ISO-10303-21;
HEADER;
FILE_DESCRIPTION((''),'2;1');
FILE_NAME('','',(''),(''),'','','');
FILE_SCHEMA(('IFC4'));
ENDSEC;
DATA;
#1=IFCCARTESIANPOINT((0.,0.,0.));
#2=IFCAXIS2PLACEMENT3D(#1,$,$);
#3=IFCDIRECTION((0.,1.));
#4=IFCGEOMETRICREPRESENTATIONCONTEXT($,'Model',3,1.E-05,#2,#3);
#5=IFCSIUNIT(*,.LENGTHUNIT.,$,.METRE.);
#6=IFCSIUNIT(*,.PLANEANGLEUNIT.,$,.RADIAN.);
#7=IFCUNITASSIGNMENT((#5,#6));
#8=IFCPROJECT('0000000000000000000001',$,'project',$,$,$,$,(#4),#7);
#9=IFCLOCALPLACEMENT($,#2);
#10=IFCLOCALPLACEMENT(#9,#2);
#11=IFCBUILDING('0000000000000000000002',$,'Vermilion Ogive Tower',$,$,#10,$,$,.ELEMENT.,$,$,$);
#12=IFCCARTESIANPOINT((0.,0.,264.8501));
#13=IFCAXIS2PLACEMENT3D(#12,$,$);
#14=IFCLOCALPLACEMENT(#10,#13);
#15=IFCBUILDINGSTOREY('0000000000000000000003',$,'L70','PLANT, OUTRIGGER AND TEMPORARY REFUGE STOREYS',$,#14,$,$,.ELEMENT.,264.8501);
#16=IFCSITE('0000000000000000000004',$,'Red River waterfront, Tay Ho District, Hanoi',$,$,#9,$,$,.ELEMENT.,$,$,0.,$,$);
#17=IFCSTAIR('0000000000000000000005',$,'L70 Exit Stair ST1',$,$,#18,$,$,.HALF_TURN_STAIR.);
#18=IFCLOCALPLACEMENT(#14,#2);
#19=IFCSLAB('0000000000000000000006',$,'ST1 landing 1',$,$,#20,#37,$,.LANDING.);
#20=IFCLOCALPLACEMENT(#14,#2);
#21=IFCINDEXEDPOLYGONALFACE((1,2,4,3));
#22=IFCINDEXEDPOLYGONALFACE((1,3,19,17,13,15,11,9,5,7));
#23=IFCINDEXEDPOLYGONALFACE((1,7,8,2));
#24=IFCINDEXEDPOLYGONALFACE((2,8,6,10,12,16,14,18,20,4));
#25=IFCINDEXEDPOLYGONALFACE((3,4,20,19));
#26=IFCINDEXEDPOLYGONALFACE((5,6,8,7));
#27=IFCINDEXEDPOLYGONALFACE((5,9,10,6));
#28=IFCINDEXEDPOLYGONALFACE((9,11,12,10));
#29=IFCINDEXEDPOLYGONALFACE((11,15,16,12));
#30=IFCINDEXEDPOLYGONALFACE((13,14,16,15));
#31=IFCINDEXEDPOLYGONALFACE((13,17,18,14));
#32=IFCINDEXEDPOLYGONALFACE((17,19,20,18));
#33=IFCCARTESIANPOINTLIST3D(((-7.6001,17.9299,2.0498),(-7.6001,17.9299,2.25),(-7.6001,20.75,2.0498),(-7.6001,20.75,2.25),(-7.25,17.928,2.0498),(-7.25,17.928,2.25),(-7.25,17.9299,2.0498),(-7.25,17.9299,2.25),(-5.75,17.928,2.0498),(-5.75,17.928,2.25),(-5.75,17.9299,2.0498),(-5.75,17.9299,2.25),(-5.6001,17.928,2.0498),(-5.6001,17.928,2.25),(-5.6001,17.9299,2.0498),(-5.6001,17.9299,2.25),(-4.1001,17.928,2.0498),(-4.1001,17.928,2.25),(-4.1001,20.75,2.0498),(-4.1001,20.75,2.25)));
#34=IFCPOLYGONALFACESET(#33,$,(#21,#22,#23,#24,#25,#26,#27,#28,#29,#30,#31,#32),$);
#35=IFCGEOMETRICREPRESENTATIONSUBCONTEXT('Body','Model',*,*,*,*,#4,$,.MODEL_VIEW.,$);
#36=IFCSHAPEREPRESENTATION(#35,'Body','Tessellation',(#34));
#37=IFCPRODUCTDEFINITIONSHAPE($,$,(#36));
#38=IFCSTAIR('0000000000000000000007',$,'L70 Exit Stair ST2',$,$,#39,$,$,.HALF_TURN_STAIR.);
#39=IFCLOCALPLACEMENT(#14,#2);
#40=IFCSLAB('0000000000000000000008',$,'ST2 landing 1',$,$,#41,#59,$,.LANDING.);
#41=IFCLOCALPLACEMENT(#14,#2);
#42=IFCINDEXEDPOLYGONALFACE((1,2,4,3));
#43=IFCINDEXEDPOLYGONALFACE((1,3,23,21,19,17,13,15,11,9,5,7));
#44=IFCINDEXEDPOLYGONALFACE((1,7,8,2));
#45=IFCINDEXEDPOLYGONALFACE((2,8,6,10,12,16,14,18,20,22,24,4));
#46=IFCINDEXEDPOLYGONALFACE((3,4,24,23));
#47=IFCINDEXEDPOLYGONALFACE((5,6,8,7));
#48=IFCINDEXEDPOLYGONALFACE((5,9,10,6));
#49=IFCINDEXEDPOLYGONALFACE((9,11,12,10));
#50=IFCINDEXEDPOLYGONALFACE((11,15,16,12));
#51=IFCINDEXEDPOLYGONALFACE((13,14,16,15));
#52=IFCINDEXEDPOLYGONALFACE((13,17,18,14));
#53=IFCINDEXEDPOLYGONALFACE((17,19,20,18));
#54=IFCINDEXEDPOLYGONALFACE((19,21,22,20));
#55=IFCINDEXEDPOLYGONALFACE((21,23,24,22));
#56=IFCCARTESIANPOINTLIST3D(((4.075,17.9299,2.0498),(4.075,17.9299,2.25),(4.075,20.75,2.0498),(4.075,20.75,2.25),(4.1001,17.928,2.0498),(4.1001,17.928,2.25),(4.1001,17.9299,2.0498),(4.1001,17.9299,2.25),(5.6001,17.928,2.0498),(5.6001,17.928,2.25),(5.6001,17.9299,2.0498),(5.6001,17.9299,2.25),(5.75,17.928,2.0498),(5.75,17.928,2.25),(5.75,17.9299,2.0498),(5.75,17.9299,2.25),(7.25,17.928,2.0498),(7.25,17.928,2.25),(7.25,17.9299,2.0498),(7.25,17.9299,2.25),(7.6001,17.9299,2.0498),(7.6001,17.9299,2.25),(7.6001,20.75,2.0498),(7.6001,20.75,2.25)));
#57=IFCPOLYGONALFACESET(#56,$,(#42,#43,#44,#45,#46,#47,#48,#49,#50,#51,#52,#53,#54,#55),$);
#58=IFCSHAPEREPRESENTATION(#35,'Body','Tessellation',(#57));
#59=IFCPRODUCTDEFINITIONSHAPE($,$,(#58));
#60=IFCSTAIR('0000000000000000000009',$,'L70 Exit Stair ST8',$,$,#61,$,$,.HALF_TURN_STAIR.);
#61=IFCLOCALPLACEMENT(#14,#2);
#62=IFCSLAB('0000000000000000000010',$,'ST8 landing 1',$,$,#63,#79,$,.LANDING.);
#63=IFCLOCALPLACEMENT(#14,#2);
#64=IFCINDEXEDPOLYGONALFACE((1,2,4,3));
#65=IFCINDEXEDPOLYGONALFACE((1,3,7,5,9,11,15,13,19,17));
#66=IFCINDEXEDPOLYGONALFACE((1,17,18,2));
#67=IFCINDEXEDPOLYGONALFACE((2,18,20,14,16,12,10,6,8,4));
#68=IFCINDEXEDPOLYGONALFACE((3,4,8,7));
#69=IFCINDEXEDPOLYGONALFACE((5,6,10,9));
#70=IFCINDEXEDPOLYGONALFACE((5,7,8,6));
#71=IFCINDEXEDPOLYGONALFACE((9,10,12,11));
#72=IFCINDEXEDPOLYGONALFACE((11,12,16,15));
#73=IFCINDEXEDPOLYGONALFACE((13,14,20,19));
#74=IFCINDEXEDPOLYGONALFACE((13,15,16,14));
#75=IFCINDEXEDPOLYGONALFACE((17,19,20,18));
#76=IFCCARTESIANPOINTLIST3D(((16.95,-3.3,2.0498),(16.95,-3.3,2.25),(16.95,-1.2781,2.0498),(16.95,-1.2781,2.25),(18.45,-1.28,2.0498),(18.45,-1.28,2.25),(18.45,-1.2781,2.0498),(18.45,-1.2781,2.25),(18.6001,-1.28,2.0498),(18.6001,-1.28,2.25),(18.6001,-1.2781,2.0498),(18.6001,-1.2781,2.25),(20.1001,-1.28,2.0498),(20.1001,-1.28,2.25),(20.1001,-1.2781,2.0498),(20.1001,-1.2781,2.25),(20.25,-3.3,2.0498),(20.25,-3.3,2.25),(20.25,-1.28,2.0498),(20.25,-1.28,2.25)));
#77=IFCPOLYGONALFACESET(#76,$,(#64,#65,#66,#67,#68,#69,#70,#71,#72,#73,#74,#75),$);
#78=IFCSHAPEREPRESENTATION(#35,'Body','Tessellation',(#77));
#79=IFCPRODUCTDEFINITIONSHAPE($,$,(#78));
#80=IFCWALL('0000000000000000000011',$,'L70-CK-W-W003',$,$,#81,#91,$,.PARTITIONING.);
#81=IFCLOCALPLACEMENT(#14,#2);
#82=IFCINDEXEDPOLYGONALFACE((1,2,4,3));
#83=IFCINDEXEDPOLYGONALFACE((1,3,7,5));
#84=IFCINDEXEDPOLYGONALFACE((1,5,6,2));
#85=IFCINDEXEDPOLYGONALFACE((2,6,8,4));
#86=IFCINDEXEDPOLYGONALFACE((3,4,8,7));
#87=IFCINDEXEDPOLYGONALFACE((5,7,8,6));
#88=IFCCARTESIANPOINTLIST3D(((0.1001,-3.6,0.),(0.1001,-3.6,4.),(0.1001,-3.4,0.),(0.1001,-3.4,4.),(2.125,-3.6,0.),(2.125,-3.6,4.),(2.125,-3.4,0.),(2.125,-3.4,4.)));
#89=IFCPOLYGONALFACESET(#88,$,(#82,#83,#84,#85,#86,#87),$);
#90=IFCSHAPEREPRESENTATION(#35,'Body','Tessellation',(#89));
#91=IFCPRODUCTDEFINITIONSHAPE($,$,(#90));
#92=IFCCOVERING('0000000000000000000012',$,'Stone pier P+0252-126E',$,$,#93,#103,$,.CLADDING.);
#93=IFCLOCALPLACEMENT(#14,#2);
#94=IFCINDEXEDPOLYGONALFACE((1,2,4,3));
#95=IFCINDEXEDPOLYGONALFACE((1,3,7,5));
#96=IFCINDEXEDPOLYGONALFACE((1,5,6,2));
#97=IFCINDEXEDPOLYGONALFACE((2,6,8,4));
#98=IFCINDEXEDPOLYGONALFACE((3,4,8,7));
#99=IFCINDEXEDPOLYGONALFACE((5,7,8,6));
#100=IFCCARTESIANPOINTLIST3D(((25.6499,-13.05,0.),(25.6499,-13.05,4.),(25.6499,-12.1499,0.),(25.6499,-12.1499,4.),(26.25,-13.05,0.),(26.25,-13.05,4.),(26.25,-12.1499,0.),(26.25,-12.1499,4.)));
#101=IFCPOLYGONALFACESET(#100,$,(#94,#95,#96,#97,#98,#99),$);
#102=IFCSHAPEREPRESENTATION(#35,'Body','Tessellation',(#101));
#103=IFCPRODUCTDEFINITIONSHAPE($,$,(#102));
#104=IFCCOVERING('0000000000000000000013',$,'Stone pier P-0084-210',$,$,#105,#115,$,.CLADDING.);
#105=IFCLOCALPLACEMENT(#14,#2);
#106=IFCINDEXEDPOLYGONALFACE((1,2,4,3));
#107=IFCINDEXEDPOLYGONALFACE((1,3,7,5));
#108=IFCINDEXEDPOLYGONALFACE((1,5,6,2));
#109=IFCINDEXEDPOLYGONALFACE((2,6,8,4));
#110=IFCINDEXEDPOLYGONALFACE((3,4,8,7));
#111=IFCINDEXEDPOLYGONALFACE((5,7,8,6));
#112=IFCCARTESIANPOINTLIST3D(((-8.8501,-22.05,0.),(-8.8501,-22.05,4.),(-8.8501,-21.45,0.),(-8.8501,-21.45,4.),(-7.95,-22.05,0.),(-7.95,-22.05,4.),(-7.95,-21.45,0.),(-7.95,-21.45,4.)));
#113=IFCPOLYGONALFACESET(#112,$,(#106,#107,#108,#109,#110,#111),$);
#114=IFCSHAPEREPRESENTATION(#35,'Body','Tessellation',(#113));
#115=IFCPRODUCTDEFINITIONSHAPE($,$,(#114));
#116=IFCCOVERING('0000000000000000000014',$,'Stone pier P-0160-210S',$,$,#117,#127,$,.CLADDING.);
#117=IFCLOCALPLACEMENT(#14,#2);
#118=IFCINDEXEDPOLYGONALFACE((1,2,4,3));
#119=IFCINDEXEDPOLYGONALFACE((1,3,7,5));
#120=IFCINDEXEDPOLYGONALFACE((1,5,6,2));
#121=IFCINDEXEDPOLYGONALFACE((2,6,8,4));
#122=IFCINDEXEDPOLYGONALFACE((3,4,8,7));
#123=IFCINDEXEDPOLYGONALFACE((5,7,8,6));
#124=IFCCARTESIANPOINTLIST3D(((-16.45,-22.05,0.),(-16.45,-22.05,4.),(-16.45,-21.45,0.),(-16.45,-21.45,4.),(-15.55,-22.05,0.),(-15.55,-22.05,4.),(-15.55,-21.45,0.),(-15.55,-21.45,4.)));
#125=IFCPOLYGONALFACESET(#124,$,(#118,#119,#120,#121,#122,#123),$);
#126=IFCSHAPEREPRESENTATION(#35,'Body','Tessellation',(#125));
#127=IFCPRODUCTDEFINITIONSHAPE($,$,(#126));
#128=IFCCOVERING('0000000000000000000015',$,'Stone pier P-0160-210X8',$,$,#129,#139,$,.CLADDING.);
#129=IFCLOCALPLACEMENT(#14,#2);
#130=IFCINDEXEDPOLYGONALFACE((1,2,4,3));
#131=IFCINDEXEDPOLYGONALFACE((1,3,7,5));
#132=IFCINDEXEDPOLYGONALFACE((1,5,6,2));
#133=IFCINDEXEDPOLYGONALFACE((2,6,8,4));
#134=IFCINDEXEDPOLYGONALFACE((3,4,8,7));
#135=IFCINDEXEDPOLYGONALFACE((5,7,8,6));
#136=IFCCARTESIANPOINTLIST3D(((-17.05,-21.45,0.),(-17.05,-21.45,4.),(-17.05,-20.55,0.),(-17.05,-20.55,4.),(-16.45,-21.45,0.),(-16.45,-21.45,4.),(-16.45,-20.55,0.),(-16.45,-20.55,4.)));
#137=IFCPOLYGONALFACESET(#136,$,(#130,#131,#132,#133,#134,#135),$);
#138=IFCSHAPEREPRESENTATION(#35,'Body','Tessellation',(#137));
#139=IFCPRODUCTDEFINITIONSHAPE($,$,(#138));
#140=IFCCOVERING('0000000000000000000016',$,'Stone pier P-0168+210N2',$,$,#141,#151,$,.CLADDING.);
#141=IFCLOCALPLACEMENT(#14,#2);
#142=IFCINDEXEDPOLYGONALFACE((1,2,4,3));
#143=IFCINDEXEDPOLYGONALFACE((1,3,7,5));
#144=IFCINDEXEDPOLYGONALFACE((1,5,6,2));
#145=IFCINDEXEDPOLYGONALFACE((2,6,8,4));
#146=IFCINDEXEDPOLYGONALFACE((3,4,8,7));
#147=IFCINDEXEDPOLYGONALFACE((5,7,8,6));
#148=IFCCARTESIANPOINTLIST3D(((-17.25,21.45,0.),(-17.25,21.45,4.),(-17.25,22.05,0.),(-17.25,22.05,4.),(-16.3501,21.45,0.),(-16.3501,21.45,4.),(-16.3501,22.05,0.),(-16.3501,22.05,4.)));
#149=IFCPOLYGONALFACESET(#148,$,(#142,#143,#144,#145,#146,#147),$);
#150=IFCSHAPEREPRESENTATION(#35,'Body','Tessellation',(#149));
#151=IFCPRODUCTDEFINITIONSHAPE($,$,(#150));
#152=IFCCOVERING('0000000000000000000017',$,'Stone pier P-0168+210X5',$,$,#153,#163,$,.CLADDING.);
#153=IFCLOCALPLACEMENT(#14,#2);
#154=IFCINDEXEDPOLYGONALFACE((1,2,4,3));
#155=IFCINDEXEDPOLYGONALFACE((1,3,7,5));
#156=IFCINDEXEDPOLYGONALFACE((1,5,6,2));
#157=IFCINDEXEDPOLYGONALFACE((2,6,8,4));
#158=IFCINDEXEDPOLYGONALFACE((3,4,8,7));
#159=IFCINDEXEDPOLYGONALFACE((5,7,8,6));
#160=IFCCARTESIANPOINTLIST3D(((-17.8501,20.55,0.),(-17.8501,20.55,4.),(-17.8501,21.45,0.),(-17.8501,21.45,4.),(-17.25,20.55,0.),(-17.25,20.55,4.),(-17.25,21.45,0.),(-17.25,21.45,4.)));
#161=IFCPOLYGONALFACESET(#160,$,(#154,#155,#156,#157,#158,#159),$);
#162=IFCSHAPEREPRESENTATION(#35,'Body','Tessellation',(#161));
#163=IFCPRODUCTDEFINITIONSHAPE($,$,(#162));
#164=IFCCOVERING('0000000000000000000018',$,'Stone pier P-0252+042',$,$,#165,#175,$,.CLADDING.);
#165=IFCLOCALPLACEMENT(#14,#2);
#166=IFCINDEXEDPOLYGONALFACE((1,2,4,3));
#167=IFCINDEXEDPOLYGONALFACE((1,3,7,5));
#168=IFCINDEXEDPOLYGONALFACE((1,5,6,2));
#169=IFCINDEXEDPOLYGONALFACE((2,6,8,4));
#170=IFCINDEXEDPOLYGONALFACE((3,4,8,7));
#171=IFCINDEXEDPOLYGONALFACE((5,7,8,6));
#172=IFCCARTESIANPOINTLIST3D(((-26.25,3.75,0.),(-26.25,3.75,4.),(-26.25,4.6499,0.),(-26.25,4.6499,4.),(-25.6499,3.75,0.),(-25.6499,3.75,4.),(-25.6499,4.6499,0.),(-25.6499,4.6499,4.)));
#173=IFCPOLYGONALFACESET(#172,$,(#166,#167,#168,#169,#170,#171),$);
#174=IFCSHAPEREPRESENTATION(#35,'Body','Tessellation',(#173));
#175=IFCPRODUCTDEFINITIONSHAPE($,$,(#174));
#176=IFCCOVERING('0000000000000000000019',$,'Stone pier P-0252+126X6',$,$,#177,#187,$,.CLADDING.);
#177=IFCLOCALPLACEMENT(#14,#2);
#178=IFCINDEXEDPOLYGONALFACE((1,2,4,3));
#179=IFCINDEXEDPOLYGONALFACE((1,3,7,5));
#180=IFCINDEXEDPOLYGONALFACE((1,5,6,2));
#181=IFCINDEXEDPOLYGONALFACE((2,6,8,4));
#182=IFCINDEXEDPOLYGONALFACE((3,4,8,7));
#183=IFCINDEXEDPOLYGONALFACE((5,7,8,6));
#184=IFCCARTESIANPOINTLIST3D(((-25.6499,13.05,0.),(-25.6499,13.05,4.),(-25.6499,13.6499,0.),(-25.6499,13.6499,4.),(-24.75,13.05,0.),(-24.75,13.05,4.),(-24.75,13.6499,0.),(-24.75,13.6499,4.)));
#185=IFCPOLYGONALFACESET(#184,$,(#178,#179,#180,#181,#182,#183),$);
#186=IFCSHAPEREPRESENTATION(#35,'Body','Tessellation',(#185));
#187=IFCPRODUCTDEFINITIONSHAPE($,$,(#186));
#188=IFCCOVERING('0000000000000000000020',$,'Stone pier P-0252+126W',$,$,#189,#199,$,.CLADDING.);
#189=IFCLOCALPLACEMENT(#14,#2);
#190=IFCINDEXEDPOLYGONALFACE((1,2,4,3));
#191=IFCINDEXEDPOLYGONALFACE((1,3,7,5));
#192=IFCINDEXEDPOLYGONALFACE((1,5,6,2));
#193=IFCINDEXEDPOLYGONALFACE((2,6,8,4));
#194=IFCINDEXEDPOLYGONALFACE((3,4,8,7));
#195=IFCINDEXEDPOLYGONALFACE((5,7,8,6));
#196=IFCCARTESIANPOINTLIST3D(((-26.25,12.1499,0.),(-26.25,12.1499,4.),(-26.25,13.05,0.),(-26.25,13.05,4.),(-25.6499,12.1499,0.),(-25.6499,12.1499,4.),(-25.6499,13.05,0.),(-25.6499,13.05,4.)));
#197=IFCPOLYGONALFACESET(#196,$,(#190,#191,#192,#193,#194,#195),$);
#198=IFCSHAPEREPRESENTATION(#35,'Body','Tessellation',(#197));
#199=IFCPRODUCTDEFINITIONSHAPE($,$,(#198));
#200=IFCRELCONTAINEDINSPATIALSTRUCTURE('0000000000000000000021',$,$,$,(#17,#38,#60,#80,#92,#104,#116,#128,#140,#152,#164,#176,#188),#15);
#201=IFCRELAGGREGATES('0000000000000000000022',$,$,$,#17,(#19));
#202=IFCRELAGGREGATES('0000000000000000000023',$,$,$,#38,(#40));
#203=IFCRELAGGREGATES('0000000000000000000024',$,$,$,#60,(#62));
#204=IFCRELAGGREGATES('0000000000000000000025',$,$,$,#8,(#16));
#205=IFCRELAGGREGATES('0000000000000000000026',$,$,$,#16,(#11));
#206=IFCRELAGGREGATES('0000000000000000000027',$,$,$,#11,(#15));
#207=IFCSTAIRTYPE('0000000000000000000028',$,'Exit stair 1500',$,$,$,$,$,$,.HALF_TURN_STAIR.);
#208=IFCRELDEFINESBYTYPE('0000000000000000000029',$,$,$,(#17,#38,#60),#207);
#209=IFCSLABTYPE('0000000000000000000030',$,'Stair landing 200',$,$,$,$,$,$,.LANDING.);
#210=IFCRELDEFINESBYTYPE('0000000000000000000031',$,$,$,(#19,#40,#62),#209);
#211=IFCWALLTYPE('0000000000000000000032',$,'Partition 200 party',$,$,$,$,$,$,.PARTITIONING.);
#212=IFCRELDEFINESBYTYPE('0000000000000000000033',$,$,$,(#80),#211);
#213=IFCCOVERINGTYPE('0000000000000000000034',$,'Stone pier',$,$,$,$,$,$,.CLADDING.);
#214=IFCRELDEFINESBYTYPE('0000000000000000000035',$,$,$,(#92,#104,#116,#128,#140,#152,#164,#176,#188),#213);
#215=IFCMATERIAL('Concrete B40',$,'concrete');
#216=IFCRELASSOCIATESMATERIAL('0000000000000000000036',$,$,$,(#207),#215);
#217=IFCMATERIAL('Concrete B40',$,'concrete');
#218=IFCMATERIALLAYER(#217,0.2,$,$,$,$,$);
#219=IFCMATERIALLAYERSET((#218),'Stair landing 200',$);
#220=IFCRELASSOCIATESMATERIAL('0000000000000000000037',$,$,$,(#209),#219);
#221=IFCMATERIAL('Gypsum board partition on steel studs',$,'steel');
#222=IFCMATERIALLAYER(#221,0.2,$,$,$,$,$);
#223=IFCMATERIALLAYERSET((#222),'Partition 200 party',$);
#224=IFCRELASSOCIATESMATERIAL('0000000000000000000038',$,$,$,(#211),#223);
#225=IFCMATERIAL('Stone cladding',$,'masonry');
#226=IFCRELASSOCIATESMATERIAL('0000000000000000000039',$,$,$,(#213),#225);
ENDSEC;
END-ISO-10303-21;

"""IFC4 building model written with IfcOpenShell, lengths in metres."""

from ifc_helpers import new_model, si_unit, direction, frame, frame_2d, origin, place, context, subcontext, project, spatial, polyline, rectangle, outline, extrude, material, layer, layer_set, type_object, element, aggregate, save


model = new_model("IFC4")

# Units and contexts
model_context = context("Model", 3, precision=1e-05, world=origin(), true_north=direction((0.0, 1.0)))
body_context = subcontext(model_context, "Body", "Model", "MODEL_VIEW")
ifc_project = project(units=[si_unit("LENGTHUNIT", "METRE"), si_unit("PLANEANGLEUNIT", "RADIAN")], contexts=[model_context])

# Site, building, storey
site_placement = place(None, origin())
site = spatial("IfcSite", under=ifc_project, at=site_placement, Name="Red River waterfront, Tay Ho District, Hanoi", CompositionType="ELEMENT", RefElevation=0.0)
building_placement = place(site_placement, origin())
building = spatial("IfcBuilding", under=site, at=building_placement, Name="Vermilion Ogive Tower", CompositionType="ELEMENT")
storey_placement = place(building_placement, frame((0.0, 0.0, 264.8501)))
storey = spatial("IfcBuildingStorey", under=building, at=storey_placement, Name="L70", Description="PLANT, OUTRIGGER AND TEMPORARY REFUGE STOREYS", CompositionType="ELEMENT", Elevation=264.8501)

# Stairs, slabs
ifc_material_1 = material(Name="Concrete B40", Category="concrete")
stair_type = type_object("IfcStairType", Name="Exit stair 1500", PredefinedType="HALF_TURN_STAIR", material=ifc_material_1)
stair_1_placement = place(storey_placement, origin())
stair_1 = element("IfcStair", 1, at=stair_1_placement, inside=storey, type_object=stair_type, Name="L70 Exit Stair ST1", PredefinedType="HALF_TURN_STAIR")
ifc_material_2 = material(Name="Concrete B40", Category="concrete")
ifc_layer_1 = layer(ifc_material_2, 0.2)
ifc_layer_set_1 = layer_set([ifc_layer_1], Name="Stair landing 200")
slab_type = type_object("IfcSlabType", Name="Stair landing 200", PredefinedType="LANDING", material=ifc_layer_set_1)
slab_1_placement = place(storey_placement, frame((0.0, 0.0, 2.0498)))
slab_1 = element("IfcSlab", 2, at=slab_1_placement, type_object=slab_type, Name="ST1 landing 1", PredefinedType="LANDING", context=body_context, shape_type="SweptSolid", body=[
    extrude(outline(polyline([(-7.6001, 17.9299), (-7.25, 17.9299), (-7.25, 17.928), (-5.75, 17.928), (-5.75, 17.9299), (-5.6001, 17.9299), (-5.6001, 17.928), (-4.1001, 17.928), (-4.1001, 20.75), (-7.6001, 20.75), (-7.6001, 17.9299)])), origin(), (0.0, 0.0, 1.0), 0.2002),
])
aggregate(stair_1, [slab_1])
stair_2_placement = place(storey_placement, origin())
stair_2 = element("IfcStair", 3, at=stair_2_placement, inside=storey, type_object=stair_type, Name="L70 Exit Stair ST2", PredefinedType="HALF_TURN_STAIR")
slab_2_placement = place(storey_placement, frame((0.0, 0.0, 2.0498)))
slab_2 = element("IfcSlab", 4, at=slab_2_placement, type_object=slab_type, Name="ST2 landing 1", PredefinedType="LANDING", context=body_context, shape_type="SweptSolid", body=[
    extrude(outline(polyline([(5.6001, 17.9299), (5.75, 17.9299), (5.75, 17.928), (7.25, 17.928), (7.25, 17.9299), (7.6001, 17.9299), (7.6001, 20.75), (4.075, 20.75), (4.075, 17.9299), (4.1001, 17.9299), (4.1001, 17.928), (5.6001, 17.928), (5.6001, 17.9299)])), origin(), (0.0, 0.0, 1.0), 0.2002),
])
aggregate(stair_2, [slab_2])
stair_3_placement = place(storey_placement, origin())
stair_3 = element("IfcStair", 5, at=stair_3_placement, inside=storey, type_object=stair_type, Name="L70 Exit Stair ST8", PredefinedType="HALF_TURN_STAIR")
slab_3_placement = place(storey_placement, frame((0.0, 0.0, 2.0498)))
slab_3 = element("IfcSlab", 6, at=slab_3_placement, type_object=slab_type, Name="ST8 landing 1", PredefinedType="LANDING", context=body_context, shape_type="SweptSolid", body=[
    extrude(outline(polyline([(20.25, -1.28), (20.1001, -1.28), (20.1001, -1.2781), (18.6001, -1.2781), (18.6001, -1.28), (18.45, -1.28), (18.45, -1.2781), (16.95, -1.2781), (16.95, -3.3), (20.25, -3.3), (20.25, -1.28)])), origin(), (0.0, 0.0, 1.0), 0.2002),
])
aggregate(stair_3, [slab_3])

# Wall
ifc_material_3 = material(Name="Gypsum board partition on steel studs", Category="steel")
ifc_layer_2 = layer(ifc_material_3, 0.2)
ifc_layer_set_2 = layer_set([ifc_layer_2], Name="Partition 200 party")
wall_type = type_object("IfcWallType", Name="Partition 200 party", PredefinedType="PARTITIONING", material=ifc_layer_set_2)
wall_placement = place(storey_placement, frame((0.1001, -3.5, 0.0), z_axis=(0.0, 0.0, 1.0), x_axis=(1.0, 0.0, 0.0)))
element("IfcWall", 7, at=wall_placement, inside=storey, type_object=wall_type, Name="L70-CK-W-W003", PredefinedType="PARTITIONING", context=body_context, shape_type="SweptSolid", body=[
    extrude(rectangle(XDim=2.0249, YDim=0.2, at=frame_2d((1.0125, 0.0))), origin(), (0.0, 0.0, 1.0), 4.0),
])

# Coverings
ifc_material_4 = material(Name="Stone cladding", Category="masonry")
covering_type = type_object("IfcCoveringType", Name="Stone pier", PredefinedType="CLADDING", material=ifc_material_4)
covering_1_placement = place(storey_placement, origin())
element("IfcCovering", 8, at=covering_1_placement, inside=storey, type_object=covering_type, Name="Stone pier P+0252-126E", PredefinedType="CLADDING", context=body_context, shape_type="SweptSolid", body=[
    extrude(outline(polyline([(26.25, -13.05), (25.6499, -13.05), (25.6499, -12.1499), (26.25, -12.1499), (26.25, -13.05)])), origin(), (0.0, 0.0, 1.0), 4.0),
])
covering_2_placement = place(storey_placement, origin())
element("IfcCovering", 9, at=covering_2_placement, inside=storey, type_object=covering_type, Name="Stone pier P-0084-210", PredefinedType="CLADDING", context=body_context, shape_type="SweptSolid", body=[
    extrude(outline(polyline([(-7.95, -21.45), (-7.95, -22.05), (-8.8501, -22.05), (-8.8501, -21.45), (-8.8501, -21.45), (-7.95, -21.45)])), origin(), (0.0, 0.0, 1.0), 4.0),
])
covering_3_placement = place(storey_placement, origin())
element("IfcCovering", 10, at=covering_3_placement, inside=storey, type_object=covering_type, Name="Stone pier P-0160-210S", PredefinedType="CLADDING", context=body_context, shape_type="SweptSolid", body=[
    extrude(outline(polyline([(-15.55, -22.05), (-16.45, -22.05), (-16.45, -21.45), (-15.55, -21.45), (-15.55, -22.05)])), origin(), (0.0, 0.0, 1.0), 4.0),
])
covering_4_placement = place(storey_placement, origin())
element("IfcCovering", 11, at=covering_4_placement, inside=storey, type_object=covering_type, Name="Stone pier P-0160-210X8", PredefinedType="CLADDING", context=body_context, shape_type="SweptSolid", body=[
    extrude(outline(polyline([(-17.05, -20.55), (-16.45, -20.55), (-16.45, -21.45), (-17.05, -21.45), (-17.05, -20.55)])), origin(), (0.0, 0.0, 1.0), 4.0),
])
covering_5_placement = place(storey_placement, origin())
element("IfcCovering", 12, at=covering_5_placement, inside=storey, type_object=covering_type, Name="Stone pier P-0168+210N2", PredefinedType="CLADDING", context=body_context, shape_type="SweptSolid", body=[
    extrude(outline(polyline([(-17.25, 21.45), (-17.25, 22.05), (-16.3501, 22.05), (-16.3501, 21.45), (-17.25, 21.45), (-17.25, 21.45)])), origin(), (0.0, 0.0, 1.0), 4.0),
])
covering_6_placement = place(storey_placement, origin())
element("IfcCovering", 13, at=covering_6_placement, inside=storey, type_object=covering_type, Name="Stone pier P-0168+210X5", PredefinedType="CLADDING", context=body_context, shape_type="SweptSolid", body=[
    extrude(outline(polyline([(-17.8501, 21.45), (-17.25, 21.45), (-17.25, 21.45), (-17.25, 20.55), (-17.8501, 20.55), (-17.8501, 21.45)])), origin(), (0.0, 0.0, 1.0), 4.0),
])
covering_7_placement = place(storey_placement, origin())
element("IfcCovering", 14, at=covering_7_placement, inside=storey, type_object=covering_type, Name="Stone pier P-0252+042", PredefinedType="CLADDING", context=body_context, shape_type="SweptSolid", body=[
    extrude(outline(polyline([(-26.25, 3.75), (-26.25, 4.6499), (-25.6499, 4.6499), (-25.6499, 3.75), (-26.25, 3.75)])), origin(), (0.0, 0.0, 1.0), 4.0),
])
covering_8_placement = place(storey_placement, origin())
element("IfcCovering", 15, at=covering_8_placement, inside=storey, type_object=covering_type, Name="Stone pier P-0252+126X6", PredefinedType="CLADDING", context=body_context, shape_type="SweptSolid", body=[
    extrude(outline(polyline([(-25.6499, 13.05), (-25.6499, 13.6499), (-24.75, 13.6499), (-24.75, 13.05), (-24.75, 13.05), (-25.6499, 13.05)])), origin(), (0.0, 0.0, 1.0), 4.0),
])
covering_9_placement = place(storey_placement, origin())
element("IfcCovering", 16, at=covering_9_placement, inside=storey, type_object=covering_type, Name="Stone pier P-0252+126W", PredefinedType="CLADDING", context=body_context, shape_type="SweptSolid", body=[
    extrude(outline(polyline([(-26.25, 13.05), (-25.6499, 13.05), (-25.6499, 12.1499), (-26.25, 12.1499), (-26.25, 13.05)])), origin(), (0.0, 0.0, 1.0), 4.0),
])

save(model, "model.ifc")
